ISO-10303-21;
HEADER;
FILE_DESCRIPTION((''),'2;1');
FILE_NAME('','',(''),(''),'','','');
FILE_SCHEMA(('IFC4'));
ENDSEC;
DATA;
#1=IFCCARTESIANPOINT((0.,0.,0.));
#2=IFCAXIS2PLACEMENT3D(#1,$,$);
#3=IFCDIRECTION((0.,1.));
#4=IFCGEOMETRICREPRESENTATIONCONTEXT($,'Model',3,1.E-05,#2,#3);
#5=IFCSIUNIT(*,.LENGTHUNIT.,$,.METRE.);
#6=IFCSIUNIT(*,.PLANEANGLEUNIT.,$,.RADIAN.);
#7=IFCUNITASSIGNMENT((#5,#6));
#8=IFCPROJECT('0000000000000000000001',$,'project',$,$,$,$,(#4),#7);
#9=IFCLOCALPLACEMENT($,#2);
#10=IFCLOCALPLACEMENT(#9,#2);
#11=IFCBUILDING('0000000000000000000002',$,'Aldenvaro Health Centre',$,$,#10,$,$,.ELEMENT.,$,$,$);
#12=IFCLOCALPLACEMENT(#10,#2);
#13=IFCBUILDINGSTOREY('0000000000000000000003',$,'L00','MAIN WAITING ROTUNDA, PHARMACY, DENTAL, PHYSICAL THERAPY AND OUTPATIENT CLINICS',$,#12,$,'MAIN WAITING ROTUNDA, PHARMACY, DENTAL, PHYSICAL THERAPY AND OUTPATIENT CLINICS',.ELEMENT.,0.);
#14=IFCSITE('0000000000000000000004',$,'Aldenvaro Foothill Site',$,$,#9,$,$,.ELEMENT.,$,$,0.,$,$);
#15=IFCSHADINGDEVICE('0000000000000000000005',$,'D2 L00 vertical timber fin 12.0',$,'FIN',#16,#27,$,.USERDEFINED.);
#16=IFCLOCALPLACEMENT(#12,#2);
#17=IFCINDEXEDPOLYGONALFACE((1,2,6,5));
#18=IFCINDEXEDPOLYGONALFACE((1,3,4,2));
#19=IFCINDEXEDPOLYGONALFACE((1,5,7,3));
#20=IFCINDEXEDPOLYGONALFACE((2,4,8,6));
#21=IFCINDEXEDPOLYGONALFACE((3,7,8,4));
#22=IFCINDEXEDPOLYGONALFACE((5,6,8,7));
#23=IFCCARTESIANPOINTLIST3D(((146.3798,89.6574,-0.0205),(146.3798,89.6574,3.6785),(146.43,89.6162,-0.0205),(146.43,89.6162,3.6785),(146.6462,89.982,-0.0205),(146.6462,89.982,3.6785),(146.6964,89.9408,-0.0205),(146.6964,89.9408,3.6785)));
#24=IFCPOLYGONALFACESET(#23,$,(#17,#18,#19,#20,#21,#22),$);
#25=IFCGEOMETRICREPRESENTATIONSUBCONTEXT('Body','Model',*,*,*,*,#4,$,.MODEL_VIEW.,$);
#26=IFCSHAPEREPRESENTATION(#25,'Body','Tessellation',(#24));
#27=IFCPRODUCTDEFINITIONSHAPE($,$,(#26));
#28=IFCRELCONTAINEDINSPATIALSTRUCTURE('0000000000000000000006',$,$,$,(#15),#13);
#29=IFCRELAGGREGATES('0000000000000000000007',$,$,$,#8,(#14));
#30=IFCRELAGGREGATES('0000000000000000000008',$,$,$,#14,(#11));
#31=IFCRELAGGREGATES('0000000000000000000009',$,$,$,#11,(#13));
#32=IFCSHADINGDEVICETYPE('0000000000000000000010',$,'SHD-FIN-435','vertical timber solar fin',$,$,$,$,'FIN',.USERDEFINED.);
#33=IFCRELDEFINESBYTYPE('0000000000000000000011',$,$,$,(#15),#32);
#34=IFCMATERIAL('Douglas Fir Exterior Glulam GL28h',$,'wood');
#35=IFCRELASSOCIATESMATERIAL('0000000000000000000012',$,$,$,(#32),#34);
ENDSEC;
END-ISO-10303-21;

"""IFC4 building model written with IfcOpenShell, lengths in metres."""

from ifc_helpers import new_model, si_unit, direction, frame, origin, origin_2d, place, context, subcontext, project, spatial, rectangle, extrude, material, type_object, element, save


model = new_model("IFC4")

# Units and contexts
model_context = context("Model", 3, precision=1e-05, world=origin(), true_north=direction((0.0, 1.0)))
body_context = subcontext(model_context, "Body", "Model", "MODEL_VIEW")
ifc_project = project(units=[si_unit("LENGTHUNIT", "METRE"), si_unit("PLANEANGLEUNIT", "RADIAN")], contexts=[model_context])

# Site, building, storey
site_placement = place(None, origin())
site = spatial("IfcSite", under=ifc_project, at=site_placement, Name="Aldenvaro Foothill Site", CompositionType="ELEMENT", RefElevation=0.0)
building_placement = place(site_placement, origin())
building = spatial("IfcBuilding", under=site, at=building_placement, Name="Aldenvaro Health Centre", CompositionType="ELEMENT")
storey_placement = place(building_placement, origin())
storey = spatial("IfcBuildingStorey", under=building, at=storey_placement, Name="L00", Description="MAIN WAITING ROTUNDA, PHARMACY, DENTAL, PHYSICAL THERAPY AND OUTPATIENT CLINICS", LongName="MAIN WAITING ROTUNDA, PHARMACY, DENTAL, PHYSICAL THERAPY AND OUTPATIENT CLINICS", CompositionType="ELEMENT", Elevation=0.0)

# Shading device
ifc_material_1 = material(Name="Douglas Fir Exterior Glulam GL28h", Category="wood")
shading_device_type = type_object("IfcShadingDeviceType", Name="SHD-FIN-435", Description="vertical timber solar fin", ElementType="FIN", PredefinedType="USERDEFINED", material=ifc_material_1)
shading_device_placement = place(storey_placement, frame((146.5381, 89.7991, -0.0205), z_axis=(0.0, 0.0, 1.0), x_axis=(-0.773022, 0.63438, 0.0)))
element("IfcShadingDevice", 1, at=shading_device_placement, inside=storey, type_object=shading_device_type, Name="D2 L00 vertical timber fin 12.0", ObjectType="FIN", PredefinedType="USERDEFINED", context=body_context, shape_type="SweptSolid", body=[
    extrude(rectangle(XDim=0.0649, YDim=0.4199, at=origin_2d()), origin(), (0.0, 0.0, 1.0), 3.699),
])

save(model, "model.ifc")
